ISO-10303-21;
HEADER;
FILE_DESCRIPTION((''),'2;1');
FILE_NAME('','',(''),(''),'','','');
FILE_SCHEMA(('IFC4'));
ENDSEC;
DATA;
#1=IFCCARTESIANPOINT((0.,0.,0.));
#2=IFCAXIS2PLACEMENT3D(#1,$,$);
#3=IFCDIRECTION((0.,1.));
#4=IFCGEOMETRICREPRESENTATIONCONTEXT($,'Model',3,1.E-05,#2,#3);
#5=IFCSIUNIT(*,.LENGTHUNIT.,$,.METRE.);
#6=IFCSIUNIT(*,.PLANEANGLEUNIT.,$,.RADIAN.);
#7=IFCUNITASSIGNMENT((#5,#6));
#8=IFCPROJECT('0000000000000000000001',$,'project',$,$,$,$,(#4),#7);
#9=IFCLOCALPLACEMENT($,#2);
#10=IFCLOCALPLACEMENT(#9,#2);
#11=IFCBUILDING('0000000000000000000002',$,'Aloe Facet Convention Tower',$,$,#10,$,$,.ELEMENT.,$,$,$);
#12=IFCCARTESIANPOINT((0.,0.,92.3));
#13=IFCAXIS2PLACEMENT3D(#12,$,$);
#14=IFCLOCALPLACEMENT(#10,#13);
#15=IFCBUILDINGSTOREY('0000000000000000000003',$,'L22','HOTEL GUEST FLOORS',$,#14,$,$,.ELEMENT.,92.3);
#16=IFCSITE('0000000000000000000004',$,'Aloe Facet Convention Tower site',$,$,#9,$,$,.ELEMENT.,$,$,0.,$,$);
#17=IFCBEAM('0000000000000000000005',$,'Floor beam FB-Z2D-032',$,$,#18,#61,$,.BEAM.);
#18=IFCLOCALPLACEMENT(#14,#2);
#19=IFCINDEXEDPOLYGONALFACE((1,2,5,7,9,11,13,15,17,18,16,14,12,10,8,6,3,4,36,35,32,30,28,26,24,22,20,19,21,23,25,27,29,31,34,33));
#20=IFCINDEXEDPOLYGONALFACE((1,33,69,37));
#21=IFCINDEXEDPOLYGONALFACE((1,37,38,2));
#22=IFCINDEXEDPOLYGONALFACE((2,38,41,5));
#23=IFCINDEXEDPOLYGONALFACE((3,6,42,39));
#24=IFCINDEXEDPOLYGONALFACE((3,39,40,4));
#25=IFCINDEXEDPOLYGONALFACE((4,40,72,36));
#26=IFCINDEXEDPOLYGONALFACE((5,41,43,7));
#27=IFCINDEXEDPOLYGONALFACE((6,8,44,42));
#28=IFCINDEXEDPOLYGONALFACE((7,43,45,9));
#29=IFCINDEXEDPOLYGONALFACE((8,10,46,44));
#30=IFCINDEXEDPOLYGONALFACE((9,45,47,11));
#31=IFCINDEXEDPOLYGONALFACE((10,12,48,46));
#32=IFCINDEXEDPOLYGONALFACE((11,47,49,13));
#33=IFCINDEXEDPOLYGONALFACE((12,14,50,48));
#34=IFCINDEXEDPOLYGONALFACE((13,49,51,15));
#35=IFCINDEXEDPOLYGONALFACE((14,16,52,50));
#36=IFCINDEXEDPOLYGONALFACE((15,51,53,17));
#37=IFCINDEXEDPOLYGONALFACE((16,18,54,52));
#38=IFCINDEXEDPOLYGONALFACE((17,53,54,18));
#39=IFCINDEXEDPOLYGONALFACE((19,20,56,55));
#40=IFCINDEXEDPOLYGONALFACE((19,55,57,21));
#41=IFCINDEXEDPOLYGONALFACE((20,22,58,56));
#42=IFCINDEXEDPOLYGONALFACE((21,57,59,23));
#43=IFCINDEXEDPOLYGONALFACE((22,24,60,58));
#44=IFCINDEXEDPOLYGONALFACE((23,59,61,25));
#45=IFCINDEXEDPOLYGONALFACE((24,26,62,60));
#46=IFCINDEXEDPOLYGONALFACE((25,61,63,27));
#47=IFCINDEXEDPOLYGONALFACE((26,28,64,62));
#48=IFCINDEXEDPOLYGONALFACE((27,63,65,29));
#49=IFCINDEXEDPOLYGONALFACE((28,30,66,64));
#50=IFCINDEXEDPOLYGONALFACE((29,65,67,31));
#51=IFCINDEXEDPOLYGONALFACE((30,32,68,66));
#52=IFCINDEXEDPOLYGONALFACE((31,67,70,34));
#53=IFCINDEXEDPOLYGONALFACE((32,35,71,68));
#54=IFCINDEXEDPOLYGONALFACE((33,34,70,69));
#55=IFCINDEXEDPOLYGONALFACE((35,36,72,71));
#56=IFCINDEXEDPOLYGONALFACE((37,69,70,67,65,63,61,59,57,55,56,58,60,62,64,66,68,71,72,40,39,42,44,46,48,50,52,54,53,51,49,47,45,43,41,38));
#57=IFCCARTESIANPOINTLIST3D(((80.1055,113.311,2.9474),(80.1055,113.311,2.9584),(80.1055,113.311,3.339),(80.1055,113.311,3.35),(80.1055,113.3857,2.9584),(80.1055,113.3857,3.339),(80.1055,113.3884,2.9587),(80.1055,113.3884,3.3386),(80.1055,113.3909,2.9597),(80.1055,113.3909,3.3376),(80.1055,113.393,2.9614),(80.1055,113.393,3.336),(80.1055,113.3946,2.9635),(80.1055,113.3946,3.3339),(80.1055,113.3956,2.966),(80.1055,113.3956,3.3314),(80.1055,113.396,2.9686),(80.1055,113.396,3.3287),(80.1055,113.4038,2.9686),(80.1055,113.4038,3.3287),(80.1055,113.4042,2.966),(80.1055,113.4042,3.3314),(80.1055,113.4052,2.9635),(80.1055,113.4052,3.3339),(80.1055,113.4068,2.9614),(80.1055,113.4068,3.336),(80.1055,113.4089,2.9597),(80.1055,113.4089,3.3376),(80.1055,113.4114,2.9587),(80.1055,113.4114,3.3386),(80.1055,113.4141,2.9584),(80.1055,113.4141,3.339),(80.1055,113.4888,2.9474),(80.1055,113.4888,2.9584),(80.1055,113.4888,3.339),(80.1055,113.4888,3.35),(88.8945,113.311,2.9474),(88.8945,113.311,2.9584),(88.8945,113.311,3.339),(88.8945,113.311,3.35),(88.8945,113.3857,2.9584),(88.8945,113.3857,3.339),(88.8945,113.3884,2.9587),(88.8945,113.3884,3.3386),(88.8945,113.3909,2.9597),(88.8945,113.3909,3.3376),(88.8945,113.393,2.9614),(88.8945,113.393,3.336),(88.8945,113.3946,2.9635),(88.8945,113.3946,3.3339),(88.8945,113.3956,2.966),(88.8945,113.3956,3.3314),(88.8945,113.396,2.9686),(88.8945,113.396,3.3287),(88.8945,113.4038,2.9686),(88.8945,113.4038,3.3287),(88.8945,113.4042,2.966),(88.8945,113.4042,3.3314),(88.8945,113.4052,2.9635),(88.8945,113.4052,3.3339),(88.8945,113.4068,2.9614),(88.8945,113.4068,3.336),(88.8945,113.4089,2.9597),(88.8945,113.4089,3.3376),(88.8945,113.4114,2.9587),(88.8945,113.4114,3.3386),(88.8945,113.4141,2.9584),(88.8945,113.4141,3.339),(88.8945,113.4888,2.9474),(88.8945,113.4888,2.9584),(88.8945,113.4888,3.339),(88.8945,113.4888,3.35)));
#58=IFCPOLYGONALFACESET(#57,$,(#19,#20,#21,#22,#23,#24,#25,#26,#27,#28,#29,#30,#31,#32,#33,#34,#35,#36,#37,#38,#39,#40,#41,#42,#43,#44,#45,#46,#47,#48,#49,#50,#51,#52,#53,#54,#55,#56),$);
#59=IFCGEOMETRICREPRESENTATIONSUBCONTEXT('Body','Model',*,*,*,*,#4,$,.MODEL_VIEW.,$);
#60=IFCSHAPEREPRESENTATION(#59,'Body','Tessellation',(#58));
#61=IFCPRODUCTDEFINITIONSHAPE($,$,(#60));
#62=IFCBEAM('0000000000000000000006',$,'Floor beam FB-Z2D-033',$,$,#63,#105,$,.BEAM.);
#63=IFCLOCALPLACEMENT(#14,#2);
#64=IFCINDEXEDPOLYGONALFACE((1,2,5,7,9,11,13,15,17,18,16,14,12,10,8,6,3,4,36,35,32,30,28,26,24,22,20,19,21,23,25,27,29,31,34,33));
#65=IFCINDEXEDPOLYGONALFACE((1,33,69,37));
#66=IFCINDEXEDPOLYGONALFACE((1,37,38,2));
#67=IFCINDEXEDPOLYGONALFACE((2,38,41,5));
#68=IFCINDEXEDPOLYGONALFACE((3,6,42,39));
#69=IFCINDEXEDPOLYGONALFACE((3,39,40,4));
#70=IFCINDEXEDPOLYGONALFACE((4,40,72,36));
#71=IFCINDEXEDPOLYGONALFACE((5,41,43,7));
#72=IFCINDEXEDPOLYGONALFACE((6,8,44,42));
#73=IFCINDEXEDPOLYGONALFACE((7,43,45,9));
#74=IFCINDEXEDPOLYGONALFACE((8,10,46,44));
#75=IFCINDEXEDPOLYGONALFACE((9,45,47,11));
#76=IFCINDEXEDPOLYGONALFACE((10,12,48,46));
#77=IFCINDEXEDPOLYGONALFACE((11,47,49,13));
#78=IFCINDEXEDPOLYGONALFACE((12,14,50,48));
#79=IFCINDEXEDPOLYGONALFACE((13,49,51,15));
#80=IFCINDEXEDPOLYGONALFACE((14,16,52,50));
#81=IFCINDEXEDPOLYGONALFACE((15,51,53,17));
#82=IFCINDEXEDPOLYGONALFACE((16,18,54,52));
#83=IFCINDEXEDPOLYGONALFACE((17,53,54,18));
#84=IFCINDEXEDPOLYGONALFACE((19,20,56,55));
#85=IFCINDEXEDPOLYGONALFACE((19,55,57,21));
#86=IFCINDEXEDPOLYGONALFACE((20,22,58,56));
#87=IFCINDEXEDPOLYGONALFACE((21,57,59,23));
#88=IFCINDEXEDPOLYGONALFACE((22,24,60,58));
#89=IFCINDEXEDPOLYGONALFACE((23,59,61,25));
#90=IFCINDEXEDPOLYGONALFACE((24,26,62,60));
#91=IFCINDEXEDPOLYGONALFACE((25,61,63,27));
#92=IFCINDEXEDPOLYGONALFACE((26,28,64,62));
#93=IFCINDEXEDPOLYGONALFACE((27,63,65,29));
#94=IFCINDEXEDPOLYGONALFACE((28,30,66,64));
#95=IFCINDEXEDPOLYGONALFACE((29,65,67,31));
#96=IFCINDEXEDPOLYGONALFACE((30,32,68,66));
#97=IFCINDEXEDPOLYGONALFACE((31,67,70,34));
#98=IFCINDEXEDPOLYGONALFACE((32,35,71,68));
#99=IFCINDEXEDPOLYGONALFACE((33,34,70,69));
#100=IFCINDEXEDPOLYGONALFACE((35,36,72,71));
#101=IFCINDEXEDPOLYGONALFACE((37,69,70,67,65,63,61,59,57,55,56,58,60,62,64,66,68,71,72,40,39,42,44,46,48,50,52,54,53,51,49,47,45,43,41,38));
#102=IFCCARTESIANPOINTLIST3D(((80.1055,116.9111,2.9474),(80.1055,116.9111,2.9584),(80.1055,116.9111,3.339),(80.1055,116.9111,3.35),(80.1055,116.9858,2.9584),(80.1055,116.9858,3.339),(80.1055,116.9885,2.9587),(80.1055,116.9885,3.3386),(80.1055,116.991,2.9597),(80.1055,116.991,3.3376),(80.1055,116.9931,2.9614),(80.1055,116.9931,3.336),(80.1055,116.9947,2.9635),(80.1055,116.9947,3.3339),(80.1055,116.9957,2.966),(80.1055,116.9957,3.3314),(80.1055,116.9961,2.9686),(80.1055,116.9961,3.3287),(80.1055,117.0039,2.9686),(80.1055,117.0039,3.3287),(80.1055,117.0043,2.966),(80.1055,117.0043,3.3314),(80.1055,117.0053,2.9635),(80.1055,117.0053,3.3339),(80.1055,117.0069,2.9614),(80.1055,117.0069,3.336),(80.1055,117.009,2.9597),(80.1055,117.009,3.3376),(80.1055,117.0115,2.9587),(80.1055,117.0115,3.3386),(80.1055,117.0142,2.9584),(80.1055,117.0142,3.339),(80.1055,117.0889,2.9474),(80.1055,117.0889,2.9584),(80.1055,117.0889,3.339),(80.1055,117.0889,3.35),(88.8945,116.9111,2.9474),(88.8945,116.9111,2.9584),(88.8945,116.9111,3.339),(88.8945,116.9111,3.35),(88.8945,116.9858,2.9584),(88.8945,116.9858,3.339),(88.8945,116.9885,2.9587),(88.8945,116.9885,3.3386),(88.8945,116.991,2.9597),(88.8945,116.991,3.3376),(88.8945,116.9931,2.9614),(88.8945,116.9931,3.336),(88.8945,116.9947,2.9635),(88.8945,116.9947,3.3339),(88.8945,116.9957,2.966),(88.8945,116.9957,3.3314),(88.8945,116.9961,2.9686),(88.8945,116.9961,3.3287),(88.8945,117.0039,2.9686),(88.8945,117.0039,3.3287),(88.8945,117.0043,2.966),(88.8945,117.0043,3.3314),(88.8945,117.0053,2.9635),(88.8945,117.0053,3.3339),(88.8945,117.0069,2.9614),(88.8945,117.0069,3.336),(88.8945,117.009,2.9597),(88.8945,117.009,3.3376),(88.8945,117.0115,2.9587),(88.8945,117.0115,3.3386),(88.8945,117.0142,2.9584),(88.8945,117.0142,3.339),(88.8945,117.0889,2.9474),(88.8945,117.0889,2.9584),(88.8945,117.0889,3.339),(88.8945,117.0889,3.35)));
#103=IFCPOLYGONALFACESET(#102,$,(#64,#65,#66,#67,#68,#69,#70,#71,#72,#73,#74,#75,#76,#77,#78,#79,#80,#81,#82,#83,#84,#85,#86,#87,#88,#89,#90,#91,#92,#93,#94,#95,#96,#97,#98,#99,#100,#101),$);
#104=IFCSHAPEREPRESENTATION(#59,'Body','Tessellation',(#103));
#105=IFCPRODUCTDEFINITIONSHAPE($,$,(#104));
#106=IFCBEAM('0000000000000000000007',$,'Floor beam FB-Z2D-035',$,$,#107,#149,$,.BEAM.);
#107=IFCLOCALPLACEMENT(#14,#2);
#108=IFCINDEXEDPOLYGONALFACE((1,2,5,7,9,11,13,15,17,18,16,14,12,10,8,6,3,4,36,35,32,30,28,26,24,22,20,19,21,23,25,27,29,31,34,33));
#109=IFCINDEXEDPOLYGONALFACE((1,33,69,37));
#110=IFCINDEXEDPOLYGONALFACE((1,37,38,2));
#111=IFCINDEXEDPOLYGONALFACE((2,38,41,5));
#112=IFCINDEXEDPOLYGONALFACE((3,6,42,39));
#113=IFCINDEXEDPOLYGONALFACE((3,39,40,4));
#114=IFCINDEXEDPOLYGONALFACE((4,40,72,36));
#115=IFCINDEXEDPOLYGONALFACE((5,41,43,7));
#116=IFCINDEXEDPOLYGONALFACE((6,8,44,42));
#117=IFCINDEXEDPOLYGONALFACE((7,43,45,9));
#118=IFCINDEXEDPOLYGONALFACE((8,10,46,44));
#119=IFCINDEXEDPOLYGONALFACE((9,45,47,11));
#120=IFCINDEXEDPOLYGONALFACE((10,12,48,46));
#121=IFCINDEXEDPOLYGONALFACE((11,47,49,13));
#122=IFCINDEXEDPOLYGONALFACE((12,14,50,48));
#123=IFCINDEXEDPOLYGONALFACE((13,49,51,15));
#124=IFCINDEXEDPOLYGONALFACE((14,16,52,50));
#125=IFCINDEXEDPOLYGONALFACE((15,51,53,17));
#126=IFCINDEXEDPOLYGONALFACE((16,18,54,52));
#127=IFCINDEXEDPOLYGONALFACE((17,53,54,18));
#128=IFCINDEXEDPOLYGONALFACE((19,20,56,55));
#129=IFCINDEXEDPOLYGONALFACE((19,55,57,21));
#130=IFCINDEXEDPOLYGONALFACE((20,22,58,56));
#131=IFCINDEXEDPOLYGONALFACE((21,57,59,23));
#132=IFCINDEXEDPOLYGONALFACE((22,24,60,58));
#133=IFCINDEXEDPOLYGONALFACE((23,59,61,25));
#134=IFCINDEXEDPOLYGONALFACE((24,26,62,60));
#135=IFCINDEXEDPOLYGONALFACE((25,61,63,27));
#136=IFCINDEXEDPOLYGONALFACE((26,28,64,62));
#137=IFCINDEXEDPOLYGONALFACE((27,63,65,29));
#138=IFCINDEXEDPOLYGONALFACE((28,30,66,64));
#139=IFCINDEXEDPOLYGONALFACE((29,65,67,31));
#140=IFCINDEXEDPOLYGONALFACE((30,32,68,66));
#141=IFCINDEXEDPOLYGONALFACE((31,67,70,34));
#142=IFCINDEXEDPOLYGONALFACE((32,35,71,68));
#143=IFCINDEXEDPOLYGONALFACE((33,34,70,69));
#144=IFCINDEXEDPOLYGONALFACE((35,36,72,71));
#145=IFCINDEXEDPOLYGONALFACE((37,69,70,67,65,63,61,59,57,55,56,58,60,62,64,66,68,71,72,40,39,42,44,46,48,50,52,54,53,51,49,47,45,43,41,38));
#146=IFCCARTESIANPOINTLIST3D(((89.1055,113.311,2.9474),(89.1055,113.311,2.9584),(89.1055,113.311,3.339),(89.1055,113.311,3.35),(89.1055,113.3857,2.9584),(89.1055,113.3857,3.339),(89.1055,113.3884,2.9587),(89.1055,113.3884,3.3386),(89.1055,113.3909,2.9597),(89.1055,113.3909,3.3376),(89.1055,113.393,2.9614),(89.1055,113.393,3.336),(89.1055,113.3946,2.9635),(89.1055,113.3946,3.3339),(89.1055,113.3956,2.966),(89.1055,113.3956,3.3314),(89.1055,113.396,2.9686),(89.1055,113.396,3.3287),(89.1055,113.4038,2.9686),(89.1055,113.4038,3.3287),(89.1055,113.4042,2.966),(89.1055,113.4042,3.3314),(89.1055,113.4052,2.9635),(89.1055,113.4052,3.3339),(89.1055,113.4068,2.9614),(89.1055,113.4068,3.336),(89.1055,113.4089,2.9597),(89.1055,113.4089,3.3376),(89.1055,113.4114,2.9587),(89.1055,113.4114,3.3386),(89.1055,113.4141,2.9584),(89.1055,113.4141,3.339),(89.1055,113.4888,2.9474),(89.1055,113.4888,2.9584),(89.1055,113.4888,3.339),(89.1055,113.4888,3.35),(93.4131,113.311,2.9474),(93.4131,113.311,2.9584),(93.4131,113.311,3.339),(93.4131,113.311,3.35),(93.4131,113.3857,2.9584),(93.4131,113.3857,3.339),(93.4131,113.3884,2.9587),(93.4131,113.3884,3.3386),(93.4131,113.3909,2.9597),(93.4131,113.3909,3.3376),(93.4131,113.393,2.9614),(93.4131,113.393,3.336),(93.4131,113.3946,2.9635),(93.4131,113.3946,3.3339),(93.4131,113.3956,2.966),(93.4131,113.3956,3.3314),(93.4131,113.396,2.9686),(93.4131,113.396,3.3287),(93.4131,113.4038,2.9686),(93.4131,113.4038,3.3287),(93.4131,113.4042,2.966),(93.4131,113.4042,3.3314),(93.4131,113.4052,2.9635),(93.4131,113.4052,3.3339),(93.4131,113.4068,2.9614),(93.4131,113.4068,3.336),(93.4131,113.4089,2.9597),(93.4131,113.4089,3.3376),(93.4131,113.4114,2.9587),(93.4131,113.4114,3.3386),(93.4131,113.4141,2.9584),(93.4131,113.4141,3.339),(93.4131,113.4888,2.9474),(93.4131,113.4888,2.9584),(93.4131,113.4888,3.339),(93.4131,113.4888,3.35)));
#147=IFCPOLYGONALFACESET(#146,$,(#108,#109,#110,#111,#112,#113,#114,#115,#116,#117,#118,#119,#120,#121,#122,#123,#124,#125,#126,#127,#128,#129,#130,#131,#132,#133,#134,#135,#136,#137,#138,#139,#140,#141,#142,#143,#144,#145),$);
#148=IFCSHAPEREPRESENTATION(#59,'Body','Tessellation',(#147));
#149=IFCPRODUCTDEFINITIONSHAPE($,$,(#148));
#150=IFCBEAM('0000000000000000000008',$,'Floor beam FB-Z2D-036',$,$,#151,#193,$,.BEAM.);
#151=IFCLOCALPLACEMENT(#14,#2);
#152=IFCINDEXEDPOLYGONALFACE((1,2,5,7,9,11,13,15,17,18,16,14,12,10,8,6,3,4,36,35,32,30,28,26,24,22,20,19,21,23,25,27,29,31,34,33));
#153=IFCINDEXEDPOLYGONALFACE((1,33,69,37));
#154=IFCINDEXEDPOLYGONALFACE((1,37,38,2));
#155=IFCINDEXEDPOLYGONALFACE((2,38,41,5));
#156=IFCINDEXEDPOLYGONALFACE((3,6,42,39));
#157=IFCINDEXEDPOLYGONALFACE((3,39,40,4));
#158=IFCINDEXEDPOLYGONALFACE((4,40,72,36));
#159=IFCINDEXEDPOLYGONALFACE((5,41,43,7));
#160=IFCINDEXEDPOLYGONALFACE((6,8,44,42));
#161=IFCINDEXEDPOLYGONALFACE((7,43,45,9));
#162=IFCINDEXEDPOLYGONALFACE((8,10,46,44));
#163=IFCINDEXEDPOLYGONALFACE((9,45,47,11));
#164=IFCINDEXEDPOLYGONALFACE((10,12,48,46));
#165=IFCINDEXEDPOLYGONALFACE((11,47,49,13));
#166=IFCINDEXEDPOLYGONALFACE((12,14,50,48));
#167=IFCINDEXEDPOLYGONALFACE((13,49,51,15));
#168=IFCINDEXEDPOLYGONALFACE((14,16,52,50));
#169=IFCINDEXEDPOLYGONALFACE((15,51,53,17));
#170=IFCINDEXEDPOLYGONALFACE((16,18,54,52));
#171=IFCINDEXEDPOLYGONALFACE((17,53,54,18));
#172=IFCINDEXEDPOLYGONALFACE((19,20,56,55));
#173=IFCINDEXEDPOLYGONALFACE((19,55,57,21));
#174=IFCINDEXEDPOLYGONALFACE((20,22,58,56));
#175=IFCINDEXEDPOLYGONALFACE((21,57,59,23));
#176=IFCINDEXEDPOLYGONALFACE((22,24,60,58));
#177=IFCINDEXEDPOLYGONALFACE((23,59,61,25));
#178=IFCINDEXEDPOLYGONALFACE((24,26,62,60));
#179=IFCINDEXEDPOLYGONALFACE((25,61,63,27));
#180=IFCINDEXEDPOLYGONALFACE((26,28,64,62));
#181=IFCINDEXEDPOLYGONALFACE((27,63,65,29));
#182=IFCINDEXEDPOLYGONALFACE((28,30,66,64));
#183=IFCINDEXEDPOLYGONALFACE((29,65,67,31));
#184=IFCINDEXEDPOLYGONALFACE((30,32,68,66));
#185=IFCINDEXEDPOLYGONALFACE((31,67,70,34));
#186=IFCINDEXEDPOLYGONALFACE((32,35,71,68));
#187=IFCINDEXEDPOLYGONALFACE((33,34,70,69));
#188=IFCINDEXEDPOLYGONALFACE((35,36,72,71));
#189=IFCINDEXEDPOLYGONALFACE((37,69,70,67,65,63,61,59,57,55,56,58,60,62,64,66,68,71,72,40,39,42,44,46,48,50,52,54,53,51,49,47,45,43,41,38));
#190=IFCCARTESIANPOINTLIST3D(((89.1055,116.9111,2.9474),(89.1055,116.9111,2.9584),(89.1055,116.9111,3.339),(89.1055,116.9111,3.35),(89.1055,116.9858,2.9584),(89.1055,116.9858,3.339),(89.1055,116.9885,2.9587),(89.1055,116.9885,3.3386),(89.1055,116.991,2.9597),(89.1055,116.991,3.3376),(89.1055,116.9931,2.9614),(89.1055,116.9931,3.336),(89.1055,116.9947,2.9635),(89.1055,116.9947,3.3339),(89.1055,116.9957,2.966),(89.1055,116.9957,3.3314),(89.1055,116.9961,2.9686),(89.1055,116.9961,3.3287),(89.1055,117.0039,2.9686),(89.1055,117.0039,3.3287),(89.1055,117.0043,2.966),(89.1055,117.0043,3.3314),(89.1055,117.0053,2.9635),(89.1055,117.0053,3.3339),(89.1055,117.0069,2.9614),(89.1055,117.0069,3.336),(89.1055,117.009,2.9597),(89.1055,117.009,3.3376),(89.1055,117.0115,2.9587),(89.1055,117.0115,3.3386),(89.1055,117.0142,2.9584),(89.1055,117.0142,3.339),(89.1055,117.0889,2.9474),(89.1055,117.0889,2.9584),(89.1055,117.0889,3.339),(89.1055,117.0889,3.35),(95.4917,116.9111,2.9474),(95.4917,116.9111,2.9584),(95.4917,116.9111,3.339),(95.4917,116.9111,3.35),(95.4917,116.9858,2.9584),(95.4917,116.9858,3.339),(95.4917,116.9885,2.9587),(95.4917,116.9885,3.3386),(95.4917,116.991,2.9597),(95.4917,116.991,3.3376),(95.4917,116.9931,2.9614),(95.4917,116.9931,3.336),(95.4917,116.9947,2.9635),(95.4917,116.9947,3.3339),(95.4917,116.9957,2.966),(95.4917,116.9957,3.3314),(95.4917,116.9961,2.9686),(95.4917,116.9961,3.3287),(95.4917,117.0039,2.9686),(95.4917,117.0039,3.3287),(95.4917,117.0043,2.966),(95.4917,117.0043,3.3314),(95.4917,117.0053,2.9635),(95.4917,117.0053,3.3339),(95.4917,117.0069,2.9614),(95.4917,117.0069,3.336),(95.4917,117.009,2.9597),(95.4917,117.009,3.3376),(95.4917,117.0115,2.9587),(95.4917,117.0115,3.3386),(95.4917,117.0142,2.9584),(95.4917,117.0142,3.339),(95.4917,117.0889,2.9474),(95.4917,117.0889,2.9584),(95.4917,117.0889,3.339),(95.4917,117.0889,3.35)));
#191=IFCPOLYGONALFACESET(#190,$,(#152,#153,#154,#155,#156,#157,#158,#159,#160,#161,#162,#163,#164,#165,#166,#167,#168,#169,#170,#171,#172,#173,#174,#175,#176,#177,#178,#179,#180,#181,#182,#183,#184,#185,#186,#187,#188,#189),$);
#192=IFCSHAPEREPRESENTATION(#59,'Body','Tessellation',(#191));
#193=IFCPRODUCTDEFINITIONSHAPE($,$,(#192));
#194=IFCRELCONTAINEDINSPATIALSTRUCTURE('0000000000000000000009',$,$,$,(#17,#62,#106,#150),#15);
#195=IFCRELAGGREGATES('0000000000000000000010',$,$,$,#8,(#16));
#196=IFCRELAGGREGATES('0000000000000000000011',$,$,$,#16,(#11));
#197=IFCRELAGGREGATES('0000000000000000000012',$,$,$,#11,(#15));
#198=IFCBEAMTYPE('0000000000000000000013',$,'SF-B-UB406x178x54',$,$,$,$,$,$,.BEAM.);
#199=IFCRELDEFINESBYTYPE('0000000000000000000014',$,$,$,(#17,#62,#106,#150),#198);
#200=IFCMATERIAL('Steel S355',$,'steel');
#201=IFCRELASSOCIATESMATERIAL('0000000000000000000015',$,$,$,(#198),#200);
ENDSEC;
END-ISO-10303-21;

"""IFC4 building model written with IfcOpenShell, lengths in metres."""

from ifc_helpers import new_model, si_unit, direction, frame, origin, origin_2d, place, context, subcontext, project, spatial, i_section, extrude, material, material_profile, profile_set, type_object, element, save


model = new_model("IFC4")

# Units and contexts
model_context = context("Model", 3, precision=1e-05, world=origin(), true_north=direction((0.0, 1.0)))
body_context = subcontext(model_context, "Body", "Model", "MODEL_VIEW")
ifc_project = project(units=[si_unit("LENGTHUNIT", "METRE"), si_unit("PLANEANGLEUNIT", "RADIAN")], contexts=[model_context])

# Site, building, storey
site_placement = place(None, origin())
site = spatial("IfcSite", under=ifc_project, at=site_placement, Name="Aloe Facet Convention Tower site", CompositionType="ELEMENT", RefElevation=0.0)
building_placement = place(site_placement, origin())
building = spatial("IfcBuilding", under=site, at=building_placement, Name="Aloe Facet Convention Tower", CompositionType="ELEMENT")
storey_placement = place(building_placement, frame((0.0, 0.0, 92.3)))
storey = spatial("IfcBuildingStorey", under=building, at=storey_placement, Name="L22", Description="HOTEL GUEST FLOORS", CompositionType="ELEMENT", Elevation=92.3)

# Beams
ifc_material_1 = material(Name="Steel S355", Category="steel")
ifc_material_profile_1 = material_profile(ifc_material_1, i_section(OverallWidth=0.1777, OverallDepth=0.4026, WebThickness=0.0078, FlangeThickness=0.011, FilletRadius=0.0103, at=origin_2d()), Name="UB 406x178x54")
ifc_profile_set_1 = profile_set([ifc_material_profile_1], Name="Steel S355")
beam_type_1 = type_object("IfcBeamType", Name="SF-B-UB406x178x54", PredefinedType="BEAM", material=ifc_profile_set_1)
for number, where, z_axis, x_axis, name in (
    (1, (80.1055, 113.3999, 3.1487), (1.0, 0.0, 0.0), (0.0, 1.0, 0.0), "Floor beam FB-Z2D-032"),
    (2, (80.1055, 117.0, 3.1487), (1.0, 0.0, 0.0), (0.0, 1.0, 0.0), "Floor beam FB-Z2D-033"),
):
    element("IfcBeam", number, at=place(storey_placement, frame(where, z_axis=z_axis, x_axis=x_axis)), inside=storey, type_object=beam_type_1, Name=name, PredefinedType="BEAM", context=body_context, shape_type="SweptSolid", body=[
        extrude(i_section(OverallWidth=0.1777, OverallDepth=0.4026, WebThickness=0.0078, FlangeThickness=0.011, FilletRadius=0.0103, at=origin_2d()), origin(), (0.0, 0.0, 1.0), 8.7891),
    ])
beam_1_placement = place(storey_placement, frame((89.1055, 113.3999, 3.1487), z_axis=(1.0, 0.0, 0.0), x_axis=(0.0, 1.0, 0.0)))
element("IfcBeam", 3, at=beam_1_placement, inside=storey, type_object=beam_type_1, Name="Floor beam FB-Z2D-035", PredefinedType="BEAM", context=body_context, shape_type="SweptSolid", body=[
    extrude(i_section(OverallWidth=0.1777, OverallDepth=0.4026, WebThickness=0.0078, FlangeThickness=0.011, FilletRadius=0.0103, at=origin_2d()), origin(), (0.0, 0.0, 1.0), 4.3076),
])
beam_2_placement = place(storey_placement, frame((89.1055, 117.0, 3.1487), z_axis=(1.0, 0.0, 0.0), x_axis=(0.0, 1.0, 0.0)))
element("IfcBeam", 4, at=beam_2_placement, inside=storey, type_object=beam_type_1, Name="Floor beam FB-Z2D-036", PredefinedType="BEAM", context=body_context, shape_type="SweptSolid", body=[
    extrude(i_section(OverallWidth=0.1777, OverallDepth=0.4026, WebThickness=0.0078, FlangeThickness=0.011, FilletRadius=0.0103, at=origin_2d()), origin(), (0.0, 0.0, 1.0), 6.3862),
])

save(model, "model.ifc")
